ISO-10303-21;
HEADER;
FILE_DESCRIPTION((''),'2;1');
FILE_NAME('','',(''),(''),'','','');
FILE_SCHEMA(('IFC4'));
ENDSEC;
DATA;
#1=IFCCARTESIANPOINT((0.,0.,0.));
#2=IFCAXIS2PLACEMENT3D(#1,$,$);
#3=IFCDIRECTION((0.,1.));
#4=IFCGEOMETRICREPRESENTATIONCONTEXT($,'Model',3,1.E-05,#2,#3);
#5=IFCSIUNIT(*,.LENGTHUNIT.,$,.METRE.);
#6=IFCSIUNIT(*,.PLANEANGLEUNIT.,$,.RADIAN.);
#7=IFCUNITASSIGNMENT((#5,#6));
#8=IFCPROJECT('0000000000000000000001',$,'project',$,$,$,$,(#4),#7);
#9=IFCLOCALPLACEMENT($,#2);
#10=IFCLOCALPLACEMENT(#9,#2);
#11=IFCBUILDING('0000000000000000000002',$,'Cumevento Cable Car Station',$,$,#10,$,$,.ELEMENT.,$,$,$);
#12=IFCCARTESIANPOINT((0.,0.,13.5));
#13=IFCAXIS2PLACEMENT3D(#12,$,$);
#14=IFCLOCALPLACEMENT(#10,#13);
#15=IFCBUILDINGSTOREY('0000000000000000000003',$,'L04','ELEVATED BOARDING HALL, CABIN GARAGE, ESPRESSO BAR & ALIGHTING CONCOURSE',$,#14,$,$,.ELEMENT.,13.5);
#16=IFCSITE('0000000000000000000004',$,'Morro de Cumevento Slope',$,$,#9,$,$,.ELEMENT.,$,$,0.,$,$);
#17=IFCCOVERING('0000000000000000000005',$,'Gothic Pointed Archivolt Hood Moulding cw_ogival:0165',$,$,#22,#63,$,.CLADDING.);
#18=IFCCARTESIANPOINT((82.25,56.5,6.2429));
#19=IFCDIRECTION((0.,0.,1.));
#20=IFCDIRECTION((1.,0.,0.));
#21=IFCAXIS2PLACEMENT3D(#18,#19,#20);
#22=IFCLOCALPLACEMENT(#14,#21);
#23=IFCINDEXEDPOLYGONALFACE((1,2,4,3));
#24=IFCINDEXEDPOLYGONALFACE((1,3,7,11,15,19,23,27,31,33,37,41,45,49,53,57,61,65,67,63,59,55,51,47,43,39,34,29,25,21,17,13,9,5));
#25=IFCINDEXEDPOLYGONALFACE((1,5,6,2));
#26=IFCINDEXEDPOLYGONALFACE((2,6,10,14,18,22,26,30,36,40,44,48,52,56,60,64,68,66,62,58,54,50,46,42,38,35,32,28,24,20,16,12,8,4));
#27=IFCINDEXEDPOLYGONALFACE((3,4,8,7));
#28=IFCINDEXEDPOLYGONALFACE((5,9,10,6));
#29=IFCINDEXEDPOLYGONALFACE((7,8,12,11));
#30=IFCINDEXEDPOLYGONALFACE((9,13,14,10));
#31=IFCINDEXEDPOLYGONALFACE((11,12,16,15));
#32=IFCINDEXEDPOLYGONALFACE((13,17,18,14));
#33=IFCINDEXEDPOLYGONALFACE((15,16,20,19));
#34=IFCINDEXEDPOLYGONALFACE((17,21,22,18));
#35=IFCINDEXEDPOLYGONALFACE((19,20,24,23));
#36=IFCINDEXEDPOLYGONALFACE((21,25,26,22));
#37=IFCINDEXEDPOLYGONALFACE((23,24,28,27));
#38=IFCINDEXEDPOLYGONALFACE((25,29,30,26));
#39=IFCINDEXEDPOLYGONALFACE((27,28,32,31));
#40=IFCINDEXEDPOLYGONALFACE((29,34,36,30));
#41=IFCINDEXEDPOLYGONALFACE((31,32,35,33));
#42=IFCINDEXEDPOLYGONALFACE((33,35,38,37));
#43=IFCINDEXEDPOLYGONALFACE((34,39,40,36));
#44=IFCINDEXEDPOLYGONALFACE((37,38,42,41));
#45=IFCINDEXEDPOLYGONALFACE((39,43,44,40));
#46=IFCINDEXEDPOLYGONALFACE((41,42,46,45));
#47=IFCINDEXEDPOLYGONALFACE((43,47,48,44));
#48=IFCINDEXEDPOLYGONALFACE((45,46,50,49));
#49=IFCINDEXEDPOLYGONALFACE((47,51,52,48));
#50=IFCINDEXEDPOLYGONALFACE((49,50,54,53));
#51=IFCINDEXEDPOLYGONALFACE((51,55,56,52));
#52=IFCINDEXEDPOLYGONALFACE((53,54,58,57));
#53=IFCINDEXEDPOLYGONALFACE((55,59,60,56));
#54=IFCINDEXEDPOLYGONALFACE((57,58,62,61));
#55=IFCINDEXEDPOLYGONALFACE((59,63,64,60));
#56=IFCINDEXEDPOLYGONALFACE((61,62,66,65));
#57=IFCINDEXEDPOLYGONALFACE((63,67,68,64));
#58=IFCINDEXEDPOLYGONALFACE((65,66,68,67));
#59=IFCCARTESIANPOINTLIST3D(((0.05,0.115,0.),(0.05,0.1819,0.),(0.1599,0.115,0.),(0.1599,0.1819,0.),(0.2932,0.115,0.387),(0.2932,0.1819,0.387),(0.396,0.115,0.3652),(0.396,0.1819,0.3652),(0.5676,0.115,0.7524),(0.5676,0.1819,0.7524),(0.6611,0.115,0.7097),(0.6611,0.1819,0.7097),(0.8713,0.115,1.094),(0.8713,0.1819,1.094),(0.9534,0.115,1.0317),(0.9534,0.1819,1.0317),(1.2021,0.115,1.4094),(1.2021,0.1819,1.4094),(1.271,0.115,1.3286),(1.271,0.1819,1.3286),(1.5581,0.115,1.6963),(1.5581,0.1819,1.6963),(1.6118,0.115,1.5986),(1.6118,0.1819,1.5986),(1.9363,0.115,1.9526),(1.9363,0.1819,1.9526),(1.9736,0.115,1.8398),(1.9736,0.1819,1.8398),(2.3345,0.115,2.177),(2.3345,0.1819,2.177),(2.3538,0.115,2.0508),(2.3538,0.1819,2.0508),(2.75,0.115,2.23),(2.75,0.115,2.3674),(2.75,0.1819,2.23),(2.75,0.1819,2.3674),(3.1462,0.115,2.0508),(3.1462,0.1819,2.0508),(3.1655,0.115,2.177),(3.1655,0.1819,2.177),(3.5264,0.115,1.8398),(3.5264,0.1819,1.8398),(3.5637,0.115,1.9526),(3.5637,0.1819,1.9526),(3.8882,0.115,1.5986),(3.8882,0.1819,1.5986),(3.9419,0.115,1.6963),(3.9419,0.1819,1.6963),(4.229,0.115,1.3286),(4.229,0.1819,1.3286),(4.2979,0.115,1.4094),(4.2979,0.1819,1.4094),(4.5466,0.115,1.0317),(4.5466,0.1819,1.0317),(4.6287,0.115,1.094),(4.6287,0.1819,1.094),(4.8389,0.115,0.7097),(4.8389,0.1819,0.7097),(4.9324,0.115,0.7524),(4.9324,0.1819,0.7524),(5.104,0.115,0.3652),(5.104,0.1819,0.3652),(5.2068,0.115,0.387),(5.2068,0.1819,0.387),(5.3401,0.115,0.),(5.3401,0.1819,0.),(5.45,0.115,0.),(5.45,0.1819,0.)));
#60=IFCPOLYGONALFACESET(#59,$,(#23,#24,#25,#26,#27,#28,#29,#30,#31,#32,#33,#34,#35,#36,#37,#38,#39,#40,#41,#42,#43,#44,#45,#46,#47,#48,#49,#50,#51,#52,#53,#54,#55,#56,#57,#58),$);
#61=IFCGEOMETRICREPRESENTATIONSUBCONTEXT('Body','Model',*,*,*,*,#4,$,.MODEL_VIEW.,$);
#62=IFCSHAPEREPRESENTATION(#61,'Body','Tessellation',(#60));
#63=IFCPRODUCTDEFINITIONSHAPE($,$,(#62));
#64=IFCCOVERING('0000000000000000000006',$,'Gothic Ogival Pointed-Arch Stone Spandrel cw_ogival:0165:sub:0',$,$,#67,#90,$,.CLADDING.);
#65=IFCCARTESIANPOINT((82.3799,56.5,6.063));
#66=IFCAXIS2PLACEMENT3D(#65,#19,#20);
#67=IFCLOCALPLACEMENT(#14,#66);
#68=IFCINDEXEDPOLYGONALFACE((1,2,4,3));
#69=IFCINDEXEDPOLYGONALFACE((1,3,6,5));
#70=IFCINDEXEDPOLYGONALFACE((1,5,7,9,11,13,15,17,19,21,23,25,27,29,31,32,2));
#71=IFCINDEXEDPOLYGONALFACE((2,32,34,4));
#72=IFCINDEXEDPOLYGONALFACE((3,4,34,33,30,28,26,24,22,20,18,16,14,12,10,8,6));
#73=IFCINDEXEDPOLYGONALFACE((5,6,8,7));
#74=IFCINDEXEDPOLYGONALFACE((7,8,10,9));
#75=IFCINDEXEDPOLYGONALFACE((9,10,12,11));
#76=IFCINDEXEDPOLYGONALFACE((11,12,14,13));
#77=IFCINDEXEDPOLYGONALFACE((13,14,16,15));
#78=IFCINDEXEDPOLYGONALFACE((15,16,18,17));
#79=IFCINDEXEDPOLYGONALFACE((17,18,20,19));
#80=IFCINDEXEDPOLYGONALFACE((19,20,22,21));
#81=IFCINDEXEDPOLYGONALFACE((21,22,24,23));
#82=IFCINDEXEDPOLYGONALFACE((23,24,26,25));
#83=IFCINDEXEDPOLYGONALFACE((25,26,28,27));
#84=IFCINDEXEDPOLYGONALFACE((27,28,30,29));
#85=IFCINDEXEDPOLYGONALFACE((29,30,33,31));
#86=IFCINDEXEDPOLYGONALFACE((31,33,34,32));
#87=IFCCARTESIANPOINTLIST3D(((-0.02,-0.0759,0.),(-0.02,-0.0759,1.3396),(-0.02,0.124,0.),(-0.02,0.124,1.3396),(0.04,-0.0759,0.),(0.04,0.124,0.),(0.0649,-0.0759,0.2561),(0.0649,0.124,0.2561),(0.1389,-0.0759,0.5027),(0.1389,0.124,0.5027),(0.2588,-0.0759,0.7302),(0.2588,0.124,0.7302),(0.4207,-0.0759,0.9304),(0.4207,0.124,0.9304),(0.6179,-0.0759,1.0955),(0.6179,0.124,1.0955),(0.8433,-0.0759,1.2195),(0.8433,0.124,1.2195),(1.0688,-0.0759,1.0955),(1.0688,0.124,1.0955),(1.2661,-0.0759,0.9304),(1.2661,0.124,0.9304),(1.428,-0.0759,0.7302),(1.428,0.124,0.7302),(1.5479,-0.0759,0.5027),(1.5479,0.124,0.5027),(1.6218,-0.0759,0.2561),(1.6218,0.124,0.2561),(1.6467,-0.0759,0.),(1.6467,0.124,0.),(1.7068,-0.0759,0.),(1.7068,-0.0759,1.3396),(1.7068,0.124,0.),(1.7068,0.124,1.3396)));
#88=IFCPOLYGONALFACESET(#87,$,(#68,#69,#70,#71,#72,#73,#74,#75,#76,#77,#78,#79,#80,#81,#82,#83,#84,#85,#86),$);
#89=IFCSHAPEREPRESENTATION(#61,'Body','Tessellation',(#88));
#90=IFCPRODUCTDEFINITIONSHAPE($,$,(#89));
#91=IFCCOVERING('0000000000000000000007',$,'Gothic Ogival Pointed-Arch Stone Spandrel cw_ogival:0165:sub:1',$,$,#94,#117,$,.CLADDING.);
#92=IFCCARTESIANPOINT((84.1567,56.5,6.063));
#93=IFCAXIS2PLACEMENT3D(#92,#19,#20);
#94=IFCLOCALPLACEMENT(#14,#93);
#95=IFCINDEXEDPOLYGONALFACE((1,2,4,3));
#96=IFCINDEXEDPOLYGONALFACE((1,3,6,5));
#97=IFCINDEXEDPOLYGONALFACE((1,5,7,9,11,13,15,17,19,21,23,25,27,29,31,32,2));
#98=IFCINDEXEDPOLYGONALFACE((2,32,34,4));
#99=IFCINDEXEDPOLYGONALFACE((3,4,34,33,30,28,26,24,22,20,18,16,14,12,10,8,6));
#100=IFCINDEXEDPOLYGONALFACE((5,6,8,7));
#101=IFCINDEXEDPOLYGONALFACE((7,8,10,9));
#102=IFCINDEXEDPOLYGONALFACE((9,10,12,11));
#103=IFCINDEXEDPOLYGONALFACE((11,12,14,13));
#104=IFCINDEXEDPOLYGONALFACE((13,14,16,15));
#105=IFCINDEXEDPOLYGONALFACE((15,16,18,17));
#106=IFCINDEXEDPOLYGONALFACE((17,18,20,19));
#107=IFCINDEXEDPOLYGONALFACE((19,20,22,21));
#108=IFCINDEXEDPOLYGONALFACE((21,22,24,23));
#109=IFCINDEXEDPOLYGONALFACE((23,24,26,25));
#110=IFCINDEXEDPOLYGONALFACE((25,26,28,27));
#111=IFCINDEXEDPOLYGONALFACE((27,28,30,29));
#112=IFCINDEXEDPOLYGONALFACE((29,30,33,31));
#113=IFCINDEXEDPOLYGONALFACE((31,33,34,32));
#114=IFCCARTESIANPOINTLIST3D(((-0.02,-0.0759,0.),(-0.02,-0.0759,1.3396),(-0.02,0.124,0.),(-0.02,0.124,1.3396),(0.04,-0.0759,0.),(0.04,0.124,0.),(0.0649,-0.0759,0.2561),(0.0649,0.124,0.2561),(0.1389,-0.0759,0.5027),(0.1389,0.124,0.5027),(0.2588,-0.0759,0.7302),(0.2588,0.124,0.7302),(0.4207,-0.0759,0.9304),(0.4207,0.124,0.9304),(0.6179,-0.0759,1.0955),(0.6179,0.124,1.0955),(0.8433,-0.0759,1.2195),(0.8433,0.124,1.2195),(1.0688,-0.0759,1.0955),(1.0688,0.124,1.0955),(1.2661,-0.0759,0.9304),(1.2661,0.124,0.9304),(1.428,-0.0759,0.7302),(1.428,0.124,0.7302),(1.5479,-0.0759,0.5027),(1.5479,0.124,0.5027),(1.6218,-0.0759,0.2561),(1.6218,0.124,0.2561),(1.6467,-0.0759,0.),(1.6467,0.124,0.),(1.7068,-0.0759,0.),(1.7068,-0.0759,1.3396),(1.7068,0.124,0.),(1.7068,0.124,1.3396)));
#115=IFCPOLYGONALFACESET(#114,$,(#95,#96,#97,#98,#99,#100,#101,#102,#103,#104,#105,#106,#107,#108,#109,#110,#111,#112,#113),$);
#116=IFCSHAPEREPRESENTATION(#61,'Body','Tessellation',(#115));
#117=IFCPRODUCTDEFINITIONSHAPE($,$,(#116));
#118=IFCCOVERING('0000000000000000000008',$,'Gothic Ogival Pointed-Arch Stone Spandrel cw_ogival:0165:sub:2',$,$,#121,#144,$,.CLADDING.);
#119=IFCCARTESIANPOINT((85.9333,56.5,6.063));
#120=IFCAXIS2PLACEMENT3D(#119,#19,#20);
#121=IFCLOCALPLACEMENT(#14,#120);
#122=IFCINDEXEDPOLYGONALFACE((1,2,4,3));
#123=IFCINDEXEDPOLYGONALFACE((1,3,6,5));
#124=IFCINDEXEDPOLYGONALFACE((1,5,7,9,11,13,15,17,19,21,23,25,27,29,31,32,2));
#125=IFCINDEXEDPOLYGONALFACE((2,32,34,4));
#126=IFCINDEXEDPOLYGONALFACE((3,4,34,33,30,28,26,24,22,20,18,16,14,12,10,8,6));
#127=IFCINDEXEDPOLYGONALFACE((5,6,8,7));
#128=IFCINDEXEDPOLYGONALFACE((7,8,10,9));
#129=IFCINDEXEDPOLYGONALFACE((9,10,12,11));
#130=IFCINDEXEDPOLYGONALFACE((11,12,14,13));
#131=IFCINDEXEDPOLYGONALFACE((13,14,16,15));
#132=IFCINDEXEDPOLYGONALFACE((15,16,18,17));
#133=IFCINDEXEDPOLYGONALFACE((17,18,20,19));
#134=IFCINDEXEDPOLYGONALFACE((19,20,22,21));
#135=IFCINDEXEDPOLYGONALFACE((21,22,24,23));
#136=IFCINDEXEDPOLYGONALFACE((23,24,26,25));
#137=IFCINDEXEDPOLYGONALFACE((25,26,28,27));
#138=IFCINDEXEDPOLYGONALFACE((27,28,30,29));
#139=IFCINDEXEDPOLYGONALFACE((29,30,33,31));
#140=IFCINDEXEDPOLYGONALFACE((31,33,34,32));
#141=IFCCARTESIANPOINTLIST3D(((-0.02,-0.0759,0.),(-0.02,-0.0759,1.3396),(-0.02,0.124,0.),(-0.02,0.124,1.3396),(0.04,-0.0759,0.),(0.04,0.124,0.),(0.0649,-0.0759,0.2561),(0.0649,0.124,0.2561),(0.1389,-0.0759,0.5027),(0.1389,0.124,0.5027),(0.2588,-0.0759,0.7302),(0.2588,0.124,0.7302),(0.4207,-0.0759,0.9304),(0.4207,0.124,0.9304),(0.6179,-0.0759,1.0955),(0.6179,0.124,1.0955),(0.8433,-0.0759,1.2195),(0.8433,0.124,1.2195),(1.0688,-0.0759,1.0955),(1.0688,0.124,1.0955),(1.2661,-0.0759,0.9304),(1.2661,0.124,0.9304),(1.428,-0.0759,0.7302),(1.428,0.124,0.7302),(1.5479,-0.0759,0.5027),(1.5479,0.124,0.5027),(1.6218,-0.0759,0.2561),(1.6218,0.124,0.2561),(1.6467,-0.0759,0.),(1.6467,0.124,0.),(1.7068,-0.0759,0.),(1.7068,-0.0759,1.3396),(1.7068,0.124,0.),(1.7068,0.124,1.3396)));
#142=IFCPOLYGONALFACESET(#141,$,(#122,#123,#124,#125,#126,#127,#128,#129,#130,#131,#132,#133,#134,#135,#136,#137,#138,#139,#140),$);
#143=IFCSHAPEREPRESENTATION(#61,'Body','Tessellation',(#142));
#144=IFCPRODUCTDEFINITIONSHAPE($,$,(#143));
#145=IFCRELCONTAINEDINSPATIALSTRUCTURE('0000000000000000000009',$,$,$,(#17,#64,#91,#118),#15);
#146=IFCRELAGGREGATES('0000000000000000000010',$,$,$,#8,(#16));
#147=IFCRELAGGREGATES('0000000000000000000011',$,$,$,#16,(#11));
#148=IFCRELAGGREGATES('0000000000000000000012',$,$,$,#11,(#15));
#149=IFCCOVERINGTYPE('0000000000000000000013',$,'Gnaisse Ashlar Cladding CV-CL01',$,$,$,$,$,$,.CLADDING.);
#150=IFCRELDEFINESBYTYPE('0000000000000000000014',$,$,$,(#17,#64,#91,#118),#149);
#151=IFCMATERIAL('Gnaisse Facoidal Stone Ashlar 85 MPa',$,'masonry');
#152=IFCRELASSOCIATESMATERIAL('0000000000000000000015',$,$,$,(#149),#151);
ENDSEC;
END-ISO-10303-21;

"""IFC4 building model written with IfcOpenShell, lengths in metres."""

from ifc_helpers import new_model, si_unit, direction, frame, origin, place, context, subcontext, project, spatial, polyline, outline, extrude, material, type_object, element, save


model = new_model("IFC4")

# Units and contexts
model_context = context("Model", 3, precision=1e-05, world=origin(), true_north=direction((0.0, 1.0)))
body_context = subcontext(model_context, "Body", "Model", "MODEL_VIEW")
ifc_project = project(units=[si_unit("LENGTHUNIT", "METRE"), si_unit("PLANEANGLEUNIT", "RADIAN")], contexts=[model_context])

# Site, building, storey
site_placement = place(None, origin())
site = spatial("IfcSite", under=ifc_project, at=site_placement, Name="Morro de Cumevento Slope", CompositionType="ELEMENT", RefElevation=0.0)
building_placement = place(site_placement, origin())
building = spatial("IfcBuilding", under=site, at=building_placement, Name="Cumevento Cable Car Station", CompositionType="ELEMENT")
storey_placement = place(building_placement, frame((0.0, 0.0, 13.5)))
storey = spatial("IfcBuildingStorey", under=building, at=storey_placement, Name="L04", Description="ELEVATED BOARDING HALL, CABIN GARAGE, ESPRESSO BAR & ALIGHTING CONCOURSE", CompositionType="ELEMENT", Elevation=13.5)

# Coverings
ifc_material_1 = material(Name="Gnaisse Facoidal Stone Ashlar 85 MPa", Category="masonry")
covering_type = type_object("IfcCoveringType", Name="Gnaisse Ashlar Cladding CV-CL01", PredefinedType="CLADDING", material=ifc_material_1)
covering_1_placement = place(storey_placement, frame((82.25, 56.5, 6.2429), z_axis=(0.0, 0.0, 1.0), x_axis=(1.0, 0.0, 0.0)))
element("IfcCovering", 1, at=covering_1_placement, inside=storey, type_object=covering_type, Name="Gothic Pointed Archivolt Hood Moulding cw_ogival:0165", PredefinedType="CLADDING", context=body_context, shape_type="SweptSolid", body=[
    extrude(outline(polyline([(0.1599, 0.0), (0.396, 0.3652), (0.6611, 0.7097), (0.9534, 1.0317), (1.271, 1.3286), (1.6118, 1.5986), (1.9736, 1.8398), (2.3538, 2.0508), (2.75, 2.23), (3.1462, 2.0508), (3.5264, 1.8398), (3.8882, 1.5986), (4.229, 1.3286), (4.5466, 1.0317), (4.8389, 0.7097), (5.104, 0.3652), (5.3401, 0.0), (5.45, 0.0), (5.2068, 0.387), (4.9324, 0.7524), (4.6287, 1.094), (4.2979, 1.4094), (3.9419, 1.6963), (3.5637, 1.9526), (3.1655, 2.177), (2.75, 2.3674), (2.3345, 2.177), (1.9363, 1.9526), (1.5581, 1.6963), (1.2021, 1.4094), (0.8713, 1.094), (0.5676, 0.7524), (0.2932, 0.387), (0.05, 0.0), (0.1599, 0.0)])), frame((0.0, 0.1819, 0.0), z_axis=(0.0, -1.0, 0.0), x_axis=(1.0, 0.0, 0.0)), (0.0, 0.0, 1.0), 0.0669),
])
for number, where, z_axis, x_axis, name in (
    (2, (82.3799, 56.5, 6.063), (0.0, 0.0, 1.0), (1.0, 0.0, 0.0), "Gothic Ogival Pointed-Arch Stone Spandrel cw_ogival:0165:sub:0"),
    (3, (84.1567, 56.5, 6.063), (0.0, 0.0, 1.0), (1.0, 0.0, 0.0), "Gothic Ogival Pointed-Arch Stone Spandrel cw_ogival:0165:sub:1"),
    (4, (85.9333, 56.5, 6.063), (0.0, 0.0, 1.0), (1.0, 0.0, 0.0), "Gothic Ogival Pointed-Arch Stone Spandrel cw_ogival:0165:sub:2"),
):
    element("IfcCovering", number, at=place(storey_placement, frame(where, z_axis=z_axis, x_axis=x_axis)), inside=storey, type_object=covering_type, Name=name, PredefinedType="CLADDING", context=body_context, shape_type="SweptSolid", body=[
        extrude(outline(polyline([(-0.02, 0.0), (-0.02, 1.3396), (1.7068, 1.3396), (1.7068, 0.0), (1.6467, 0.0), (1.6218, 0.2561), (1.5479, 0.5027), (1.428, 0.7302), (1.2661, 0.9304), (1.0688, 1.0955), (0.8433, 1.2195), (0.6179, 1.0955), (0.4207, 0.9304), (0.2588, 0.7302), (0.1389, 0.5027), (0.0649, 0.2561), (0.04, 0.0), (-0.02, 0.0)])), frame((0.0, 0.124, 0.0), z_axis=(0.0, -1.0, 0.0), x_axis=(1.0, 0.0, 0.0)), (0.0, 0.0, 1.0), 0.2),
    ])

save(model, "model.ifc")
